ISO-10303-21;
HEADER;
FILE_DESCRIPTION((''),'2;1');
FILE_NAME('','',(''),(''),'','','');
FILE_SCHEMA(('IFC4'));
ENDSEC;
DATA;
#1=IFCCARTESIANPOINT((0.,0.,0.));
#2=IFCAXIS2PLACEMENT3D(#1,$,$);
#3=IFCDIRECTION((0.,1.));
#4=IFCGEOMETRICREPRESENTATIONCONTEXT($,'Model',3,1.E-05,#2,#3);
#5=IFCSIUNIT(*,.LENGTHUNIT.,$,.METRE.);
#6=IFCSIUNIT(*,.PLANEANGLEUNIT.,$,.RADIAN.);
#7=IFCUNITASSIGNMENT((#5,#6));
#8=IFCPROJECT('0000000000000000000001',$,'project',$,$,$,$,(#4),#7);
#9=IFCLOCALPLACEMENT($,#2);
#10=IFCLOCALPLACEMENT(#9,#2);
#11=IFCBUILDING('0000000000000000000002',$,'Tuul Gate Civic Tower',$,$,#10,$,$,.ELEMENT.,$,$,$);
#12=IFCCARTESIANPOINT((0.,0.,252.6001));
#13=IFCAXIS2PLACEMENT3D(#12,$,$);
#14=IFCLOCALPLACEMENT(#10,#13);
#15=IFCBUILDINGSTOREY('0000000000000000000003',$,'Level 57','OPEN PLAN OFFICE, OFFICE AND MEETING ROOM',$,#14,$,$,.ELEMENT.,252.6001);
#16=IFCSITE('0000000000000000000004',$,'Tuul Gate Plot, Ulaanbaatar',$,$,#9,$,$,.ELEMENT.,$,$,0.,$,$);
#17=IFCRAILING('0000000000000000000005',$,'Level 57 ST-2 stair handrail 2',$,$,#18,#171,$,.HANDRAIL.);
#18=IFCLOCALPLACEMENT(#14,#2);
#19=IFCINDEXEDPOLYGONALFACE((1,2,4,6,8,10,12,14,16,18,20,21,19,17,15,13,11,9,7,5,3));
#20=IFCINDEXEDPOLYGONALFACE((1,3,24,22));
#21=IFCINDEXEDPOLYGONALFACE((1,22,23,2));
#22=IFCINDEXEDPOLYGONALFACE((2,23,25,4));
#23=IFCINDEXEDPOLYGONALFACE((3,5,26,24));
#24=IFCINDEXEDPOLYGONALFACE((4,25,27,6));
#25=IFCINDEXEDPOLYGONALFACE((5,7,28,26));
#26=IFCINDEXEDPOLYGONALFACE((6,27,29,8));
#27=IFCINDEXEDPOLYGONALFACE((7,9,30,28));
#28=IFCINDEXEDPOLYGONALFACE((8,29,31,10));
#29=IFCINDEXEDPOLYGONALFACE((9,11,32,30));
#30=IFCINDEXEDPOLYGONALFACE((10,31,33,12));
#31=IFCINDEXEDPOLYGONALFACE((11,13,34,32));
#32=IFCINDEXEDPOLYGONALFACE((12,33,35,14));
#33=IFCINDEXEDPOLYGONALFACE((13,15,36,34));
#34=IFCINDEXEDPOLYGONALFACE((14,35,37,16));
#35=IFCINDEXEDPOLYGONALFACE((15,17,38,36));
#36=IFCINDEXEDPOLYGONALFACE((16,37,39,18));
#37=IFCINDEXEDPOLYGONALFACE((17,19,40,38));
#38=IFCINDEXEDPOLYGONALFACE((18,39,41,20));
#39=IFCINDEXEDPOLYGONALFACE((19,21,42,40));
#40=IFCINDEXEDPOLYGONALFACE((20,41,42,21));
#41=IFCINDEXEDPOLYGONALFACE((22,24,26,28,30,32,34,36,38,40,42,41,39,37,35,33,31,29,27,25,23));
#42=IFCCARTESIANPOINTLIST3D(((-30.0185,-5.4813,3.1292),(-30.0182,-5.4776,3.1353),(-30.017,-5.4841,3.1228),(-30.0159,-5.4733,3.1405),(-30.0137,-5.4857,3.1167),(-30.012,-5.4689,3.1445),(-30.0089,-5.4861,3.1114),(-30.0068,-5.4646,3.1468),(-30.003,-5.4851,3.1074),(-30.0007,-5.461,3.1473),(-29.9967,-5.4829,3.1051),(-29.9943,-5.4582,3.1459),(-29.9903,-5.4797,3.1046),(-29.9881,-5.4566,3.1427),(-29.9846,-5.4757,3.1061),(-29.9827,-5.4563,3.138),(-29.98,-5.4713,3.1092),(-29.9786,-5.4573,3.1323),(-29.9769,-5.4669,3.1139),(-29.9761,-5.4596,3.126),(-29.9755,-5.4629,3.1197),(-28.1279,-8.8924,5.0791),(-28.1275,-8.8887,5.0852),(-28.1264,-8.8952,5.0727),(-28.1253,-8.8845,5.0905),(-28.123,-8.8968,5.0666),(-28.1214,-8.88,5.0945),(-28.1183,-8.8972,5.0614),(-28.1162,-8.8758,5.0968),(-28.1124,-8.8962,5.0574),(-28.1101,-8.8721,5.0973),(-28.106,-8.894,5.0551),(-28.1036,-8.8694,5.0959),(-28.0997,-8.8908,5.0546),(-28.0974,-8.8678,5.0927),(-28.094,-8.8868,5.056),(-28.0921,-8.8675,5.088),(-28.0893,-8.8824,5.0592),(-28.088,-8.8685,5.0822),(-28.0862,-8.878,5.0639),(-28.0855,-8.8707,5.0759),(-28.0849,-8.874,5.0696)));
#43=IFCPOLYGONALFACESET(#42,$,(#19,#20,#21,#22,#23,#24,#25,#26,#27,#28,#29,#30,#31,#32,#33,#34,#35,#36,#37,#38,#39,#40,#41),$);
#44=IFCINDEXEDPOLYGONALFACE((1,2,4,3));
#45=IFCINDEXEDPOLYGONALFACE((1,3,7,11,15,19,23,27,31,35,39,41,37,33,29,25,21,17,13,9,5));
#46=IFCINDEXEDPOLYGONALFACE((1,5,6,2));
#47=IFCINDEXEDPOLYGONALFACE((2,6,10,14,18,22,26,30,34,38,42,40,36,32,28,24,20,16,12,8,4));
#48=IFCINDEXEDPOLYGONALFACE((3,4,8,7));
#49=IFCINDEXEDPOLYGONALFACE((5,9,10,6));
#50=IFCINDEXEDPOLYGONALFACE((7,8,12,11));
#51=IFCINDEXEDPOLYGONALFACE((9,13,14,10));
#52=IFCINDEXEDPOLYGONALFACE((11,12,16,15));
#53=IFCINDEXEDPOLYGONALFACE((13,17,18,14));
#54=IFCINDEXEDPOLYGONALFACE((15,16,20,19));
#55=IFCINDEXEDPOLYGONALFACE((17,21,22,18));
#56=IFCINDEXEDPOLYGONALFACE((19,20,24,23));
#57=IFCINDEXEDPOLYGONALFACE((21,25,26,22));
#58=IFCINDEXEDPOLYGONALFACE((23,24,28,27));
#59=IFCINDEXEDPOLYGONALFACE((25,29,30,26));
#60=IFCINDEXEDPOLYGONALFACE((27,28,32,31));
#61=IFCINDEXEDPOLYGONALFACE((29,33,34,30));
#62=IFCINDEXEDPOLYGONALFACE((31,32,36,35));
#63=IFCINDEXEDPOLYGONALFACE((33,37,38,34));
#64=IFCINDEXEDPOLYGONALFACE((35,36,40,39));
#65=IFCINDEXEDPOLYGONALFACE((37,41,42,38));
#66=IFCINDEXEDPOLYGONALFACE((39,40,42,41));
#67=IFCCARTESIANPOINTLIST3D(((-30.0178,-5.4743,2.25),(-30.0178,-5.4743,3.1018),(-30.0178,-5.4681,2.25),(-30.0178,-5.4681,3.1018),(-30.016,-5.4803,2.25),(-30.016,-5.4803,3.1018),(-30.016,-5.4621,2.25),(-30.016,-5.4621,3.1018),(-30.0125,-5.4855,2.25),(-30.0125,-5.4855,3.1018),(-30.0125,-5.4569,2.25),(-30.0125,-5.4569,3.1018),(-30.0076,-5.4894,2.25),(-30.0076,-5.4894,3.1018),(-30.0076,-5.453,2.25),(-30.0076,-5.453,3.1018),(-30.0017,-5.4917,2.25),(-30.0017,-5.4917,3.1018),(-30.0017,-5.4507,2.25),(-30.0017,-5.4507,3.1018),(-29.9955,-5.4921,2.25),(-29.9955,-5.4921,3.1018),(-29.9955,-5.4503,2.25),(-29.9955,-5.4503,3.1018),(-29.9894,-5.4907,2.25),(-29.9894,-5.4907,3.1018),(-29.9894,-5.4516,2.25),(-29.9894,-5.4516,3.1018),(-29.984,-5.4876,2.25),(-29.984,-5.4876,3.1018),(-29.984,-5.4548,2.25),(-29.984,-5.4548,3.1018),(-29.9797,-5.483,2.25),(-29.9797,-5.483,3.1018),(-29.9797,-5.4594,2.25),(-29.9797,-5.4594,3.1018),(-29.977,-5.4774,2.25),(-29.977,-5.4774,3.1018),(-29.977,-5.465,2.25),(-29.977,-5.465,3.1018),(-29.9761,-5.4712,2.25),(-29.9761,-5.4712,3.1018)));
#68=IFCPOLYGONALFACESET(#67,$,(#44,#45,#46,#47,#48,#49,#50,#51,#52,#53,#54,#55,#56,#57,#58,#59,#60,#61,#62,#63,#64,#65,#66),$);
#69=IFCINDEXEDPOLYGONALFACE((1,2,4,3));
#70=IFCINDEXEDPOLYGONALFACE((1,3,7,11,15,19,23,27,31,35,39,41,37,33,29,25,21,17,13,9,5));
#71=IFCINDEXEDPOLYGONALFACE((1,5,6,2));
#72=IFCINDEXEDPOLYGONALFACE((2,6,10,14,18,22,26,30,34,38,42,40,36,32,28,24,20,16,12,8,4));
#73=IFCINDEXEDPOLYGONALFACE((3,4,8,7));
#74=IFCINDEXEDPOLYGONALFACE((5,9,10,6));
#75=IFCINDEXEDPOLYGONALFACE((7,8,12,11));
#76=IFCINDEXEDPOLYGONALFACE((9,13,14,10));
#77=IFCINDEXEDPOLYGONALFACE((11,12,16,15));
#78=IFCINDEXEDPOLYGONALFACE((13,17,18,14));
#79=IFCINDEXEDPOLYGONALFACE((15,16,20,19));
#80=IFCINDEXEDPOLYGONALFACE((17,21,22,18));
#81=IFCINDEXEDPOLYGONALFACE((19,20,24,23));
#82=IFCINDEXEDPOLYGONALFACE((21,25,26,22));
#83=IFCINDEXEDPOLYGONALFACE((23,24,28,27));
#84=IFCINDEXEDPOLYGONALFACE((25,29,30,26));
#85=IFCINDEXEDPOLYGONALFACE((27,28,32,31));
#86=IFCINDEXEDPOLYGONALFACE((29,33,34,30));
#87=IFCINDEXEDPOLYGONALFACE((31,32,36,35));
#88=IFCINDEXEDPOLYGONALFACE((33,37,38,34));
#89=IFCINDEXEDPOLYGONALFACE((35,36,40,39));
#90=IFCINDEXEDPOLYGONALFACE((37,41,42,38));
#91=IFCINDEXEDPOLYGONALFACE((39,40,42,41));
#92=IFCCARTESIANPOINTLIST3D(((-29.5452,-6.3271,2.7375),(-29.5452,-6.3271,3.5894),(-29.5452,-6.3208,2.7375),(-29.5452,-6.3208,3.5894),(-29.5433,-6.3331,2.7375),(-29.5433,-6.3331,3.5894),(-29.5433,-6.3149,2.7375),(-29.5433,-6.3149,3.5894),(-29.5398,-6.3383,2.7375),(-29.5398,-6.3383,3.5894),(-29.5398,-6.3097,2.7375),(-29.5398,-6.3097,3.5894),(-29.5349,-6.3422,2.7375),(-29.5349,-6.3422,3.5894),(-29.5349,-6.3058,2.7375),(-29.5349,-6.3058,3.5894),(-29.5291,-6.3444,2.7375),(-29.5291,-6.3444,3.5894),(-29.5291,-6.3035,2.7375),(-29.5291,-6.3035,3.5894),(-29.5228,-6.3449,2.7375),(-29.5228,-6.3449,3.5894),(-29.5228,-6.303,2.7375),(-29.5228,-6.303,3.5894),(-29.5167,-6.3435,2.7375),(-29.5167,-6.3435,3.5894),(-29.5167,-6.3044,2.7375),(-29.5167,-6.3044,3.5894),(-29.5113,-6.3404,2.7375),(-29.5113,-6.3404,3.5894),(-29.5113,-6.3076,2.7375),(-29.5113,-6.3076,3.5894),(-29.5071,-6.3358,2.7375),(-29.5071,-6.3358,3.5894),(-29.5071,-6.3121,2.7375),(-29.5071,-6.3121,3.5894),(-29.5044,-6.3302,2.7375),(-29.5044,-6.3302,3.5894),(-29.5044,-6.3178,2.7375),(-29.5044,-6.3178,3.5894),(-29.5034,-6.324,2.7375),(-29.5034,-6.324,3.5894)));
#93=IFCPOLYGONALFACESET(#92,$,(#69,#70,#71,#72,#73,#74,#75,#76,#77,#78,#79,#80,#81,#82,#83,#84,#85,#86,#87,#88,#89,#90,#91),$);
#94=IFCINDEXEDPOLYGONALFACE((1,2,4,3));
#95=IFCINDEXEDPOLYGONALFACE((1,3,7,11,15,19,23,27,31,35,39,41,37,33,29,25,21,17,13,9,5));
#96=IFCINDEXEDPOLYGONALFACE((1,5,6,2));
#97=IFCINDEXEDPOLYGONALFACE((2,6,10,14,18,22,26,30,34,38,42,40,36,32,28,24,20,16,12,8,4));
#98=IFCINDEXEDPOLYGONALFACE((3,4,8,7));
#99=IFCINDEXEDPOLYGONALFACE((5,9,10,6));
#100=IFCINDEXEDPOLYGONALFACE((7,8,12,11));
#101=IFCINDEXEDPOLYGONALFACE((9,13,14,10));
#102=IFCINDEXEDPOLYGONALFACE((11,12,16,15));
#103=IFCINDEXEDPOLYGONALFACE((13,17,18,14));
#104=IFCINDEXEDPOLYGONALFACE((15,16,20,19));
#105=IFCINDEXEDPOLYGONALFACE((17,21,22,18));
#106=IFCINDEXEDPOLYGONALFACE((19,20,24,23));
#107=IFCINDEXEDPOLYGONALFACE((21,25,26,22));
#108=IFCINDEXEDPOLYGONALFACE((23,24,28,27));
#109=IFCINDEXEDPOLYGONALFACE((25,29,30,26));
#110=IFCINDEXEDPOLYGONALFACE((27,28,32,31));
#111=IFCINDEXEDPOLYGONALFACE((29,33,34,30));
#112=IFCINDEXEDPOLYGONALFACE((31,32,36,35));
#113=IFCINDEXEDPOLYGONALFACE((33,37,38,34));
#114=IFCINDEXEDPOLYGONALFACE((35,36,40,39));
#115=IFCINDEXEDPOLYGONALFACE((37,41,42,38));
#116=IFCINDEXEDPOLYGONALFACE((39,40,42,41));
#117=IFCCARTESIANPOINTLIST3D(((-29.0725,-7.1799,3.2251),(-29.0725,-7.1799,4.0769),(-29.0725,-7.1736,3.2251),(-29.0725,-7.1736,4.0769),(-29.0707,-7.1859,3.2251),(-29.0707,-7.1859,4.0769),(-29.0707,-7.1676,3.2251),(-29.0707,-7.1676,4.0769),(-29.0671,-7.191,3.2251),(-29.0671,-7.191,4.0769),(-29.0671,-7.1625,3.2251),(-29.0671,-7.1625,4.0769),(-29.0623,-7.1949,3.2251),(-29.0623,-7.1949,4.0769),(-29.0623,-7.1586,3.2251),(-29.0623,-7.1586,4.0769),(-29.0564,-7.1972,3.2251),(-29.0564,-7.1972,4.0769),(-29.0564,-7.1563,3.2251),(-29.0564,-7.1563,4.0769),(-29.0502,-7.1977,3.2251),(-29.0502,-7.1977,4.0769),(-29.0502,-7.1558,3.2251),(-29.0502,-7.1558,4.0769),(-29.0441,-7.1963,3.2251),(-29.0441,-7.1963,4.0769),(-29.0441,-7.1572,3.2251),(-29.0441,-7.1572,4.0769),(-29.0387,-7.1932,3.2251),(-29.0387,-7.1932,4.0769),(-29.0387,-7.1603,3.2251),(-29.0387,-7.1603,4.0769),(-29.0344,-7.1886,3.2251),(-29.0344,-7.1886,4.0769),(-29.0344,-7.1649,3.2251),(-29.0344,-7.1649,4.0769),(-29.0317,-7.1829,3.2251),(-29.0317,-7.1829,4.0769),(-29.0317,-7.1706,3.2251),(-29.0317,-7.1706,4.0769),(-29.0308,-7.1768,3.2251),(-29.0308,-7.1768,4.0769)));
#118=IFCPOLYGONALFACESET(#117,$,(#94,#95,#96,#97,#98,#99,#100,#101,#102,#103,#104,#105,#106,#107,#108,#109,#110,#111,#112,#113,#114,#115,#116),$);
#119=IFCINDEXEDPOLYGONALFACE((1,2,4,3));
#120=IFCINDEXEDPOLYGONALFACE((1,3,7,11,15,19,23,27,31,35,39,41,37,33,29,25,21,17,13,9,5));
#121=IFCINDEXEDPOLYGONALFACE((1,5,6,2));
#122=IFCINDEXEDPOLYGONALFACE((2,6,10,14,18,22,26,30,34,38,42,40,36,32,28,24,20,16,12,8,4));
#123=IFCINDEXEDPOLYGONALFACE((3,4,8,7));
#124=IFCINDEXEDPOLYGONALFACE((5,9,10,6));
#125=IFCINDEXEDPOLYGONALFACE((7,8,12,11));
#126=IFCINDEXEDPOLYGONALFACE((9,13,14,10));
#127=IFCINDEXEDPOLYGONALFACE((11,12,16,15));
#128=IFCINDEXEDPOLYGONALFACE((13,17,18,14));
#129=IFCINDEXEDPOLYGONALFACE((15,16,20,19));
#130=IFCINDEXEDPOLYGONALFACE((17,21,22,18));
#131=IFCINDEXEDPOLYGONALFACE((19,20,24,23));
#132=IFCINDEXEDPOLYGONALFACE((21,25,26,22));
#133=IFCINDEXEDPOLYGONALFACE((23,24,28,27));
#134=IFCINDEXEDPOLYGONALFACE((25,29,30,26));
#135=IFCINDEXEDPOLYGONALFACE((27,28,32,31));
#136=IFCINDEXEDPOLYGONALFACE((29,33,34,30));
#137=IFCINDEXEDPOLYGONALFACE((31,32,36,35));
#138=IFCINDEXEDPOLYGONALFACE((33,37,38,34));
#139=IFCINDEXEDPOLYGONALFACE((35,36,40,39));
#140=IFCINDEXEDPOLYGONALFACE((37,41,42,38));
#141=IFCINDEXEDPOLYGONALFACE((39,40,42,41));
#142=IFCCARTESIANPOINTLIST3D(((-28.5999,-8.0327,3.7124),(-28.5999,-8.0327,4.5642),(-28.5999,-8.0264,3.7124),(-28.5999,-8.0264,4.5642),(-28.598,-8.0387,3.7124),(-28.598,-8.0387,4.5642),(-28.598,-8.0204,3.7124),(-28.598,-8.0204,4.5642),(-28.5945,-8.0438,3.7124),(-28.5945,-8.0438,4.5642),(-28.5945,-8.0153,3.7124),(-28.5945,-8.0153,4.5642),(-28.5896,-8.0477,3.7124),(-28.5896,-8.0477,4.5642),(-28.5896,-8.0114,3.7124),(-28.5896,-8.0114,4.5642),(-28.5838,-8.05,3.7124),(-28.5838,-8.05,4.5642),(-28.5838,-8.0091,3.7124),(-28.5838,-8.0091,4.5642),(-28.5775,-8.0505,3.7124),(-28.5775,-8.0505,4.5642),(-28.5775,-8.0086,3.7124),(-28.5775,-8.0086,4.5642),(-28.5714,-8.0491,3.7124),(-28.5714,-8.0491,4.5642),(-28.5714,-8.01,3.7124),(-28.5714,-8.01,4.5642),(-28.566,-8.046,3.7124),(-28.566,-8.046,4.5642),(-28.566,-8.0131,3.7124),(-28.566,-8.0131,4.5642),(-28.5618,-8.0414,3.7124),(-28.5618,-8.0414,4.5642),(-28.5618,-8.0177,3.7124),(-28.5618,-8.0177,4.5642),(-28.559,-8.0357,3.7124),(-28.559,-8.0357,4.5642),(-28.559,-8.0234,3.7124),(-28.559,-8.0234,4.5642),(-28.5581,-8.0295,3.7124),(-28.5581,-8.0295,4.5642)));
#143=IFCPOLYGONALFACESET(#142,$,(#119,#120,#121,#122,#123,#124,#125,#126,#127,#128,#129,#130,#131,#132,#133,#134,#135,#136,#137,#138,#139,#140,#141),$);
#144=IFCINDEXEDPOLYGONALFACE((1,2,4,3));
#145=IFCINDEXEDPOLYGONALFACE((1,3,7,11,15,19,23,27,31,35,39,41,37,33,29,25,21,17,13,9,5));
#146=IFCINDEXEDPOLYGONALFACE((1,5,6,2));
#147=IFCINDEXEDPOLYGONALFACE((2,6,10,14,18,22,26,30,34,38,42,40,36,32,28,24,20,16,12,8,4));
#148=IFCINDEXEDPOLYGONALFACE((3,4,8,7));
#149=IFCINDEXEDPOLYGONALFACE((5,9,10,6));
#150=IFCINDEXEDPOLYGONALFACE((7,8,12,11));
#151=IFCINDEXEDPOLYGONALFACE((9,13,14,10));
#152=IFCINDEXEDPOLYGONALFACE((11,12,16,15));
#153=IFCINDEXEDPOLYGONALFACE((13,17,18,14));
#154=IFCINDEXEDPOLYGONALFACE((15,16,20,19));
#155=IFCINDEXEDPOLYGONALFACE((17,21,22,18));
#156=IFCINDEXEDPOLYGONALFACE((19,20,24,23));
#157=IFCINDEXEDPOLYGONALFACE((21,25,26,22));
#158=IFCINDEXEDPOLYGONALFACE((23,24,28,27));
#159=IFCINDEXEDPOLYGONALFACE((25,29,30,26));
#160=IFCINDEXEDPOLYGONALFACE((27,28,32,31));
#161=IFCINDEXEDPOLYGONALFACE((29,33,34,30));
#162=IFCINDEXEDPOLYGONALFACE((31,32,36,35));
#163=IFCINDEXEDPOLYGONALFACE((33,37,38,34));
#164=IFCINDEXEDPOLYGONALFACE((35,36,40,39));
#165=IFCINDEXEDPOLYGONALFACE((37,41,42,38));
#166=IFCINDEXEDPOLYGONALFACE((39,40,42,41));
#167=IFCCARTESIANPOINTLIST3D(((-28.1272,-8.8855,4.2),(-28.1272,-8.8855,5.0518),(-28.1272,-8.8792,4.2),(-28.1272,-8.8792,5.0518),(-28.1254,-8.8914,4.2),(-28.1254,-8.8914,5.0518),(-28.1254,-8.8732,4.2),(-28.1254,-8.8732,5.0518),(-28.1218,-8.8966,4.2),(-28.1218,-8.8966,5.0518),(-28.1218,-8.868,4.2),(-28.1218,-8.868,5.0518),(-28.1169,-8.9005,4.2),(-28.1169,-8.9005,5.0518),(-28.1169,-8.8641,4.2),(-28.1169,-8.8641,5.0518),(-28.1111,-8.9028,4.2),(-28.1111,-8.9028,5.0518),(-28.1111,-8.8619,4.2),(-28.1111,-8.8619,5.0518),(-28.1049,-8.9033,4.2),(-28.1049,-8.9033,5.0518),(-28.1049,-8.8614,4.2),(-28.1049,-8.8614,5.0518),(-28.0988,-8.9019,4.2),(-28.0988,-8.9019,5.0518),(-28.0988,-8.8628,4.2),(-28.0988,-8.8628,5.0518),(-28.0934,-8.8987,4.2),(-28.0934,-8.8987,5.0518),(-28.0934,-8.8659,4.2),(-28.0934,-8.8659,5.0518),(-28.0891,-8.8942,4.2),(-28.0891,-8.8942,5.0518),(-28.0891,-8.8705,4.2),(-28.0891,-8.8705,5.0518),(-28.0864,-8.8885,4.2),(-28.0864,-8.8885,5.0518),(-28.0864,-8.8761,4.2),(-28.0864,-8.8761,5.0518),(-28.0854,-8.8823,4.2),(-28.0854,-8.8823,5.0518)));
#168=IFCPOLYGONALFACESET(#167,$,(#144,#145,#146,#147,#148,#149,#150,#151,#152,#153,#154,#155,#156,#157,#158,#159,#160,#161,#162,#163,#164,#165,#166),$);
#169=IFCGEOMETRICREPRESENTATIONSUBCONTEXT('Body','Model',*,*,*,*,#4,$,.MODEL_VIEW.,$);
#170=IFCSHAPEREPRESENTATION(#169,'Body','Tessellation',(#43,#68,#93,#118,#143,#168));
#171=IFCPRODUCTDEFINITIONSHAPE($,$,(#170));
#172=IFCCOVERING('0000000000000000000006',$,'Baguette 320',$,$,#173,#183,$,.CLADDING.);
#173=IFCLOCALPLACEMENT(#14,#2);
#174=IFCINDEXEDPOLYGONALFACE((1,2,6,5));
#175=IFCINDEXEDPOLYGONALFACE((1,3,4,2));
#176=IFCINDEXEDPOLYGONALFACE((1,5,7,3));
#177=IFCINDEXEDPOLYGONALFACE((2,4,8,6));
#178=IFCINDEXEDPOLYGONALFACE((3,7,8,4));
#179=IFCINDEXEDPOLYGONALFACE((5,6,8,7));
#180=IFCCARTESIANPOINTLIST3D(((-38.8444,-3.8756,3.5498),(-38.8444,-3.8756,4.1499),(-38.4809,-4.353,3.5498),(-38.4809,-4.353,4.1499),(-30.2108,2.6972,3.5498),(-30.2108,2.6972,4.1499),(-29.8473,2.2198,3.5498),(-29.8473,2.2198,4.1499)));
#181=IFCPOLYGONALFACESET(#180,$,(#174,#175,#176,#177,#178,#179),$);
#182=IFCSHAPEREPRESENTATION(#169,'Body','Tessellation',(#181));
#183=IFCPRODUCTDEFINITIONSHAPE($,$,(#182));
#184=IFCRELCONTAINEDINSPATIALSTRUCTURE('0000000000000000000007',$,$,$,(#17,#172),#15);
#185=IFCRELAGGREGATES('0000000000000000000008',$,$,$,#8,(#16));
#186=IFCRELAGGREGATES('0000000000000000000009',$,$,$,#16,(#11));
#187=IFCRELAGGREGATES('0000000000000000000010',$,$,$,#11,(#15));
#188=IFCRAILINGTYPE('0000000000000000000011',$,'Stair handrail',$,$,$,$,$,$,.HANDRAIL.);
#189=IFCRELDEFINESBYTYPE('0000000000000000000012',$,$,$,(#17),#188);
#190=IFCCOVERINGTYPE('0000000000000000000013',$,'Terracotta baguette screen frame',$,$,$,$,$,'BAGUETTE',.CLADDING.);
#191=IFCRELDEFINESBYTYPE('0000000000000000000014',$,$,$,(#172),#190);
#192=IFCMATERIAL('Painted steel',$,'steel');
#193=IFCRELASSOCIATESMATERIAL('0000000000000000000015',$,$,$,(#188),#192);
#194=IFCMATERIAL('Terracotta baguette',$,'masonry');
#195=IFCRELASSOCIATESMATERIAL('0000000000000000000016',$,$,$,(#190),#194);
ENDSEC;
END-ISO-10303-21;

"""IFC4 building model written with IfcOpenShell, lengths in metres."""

from ifc_helpers import new_model, si_unit, direction, frame, origin, origin_2d, place, context, subcontext, project, spatial, rectangle, circle, extrude, material, material_profile, profile_set, type_object, element, save


model = new_model("IFC4")

# Units and contexts
model_context = context("Model", 3, precision=1e-05, world=origin(), true_north=direction((0.0, 1.0)))
body_context = subcontext(model_context, "Body", "Model", "MODEL_VIEW")
ifc_project = project(units=[si_unit("LENGTHUNIT", "METRE"), si_unit("PLANEANGLEUNIT", "RADIAN")], contexts=[model_context])

# Site, building, storey
site_placement = place(None, origin())
site = spatial("IfcSite", under=ifc_project, at=site_placement, Name="Tuul Gate Plot, Ulaanbaatar", CompositionType="ELEMENT", RefElevation=0.0)
building_placement = place(site_placement, origin())
building = spatial("IfcBuilding", under=site, at=building_placement, Name="Tuul Gate Civic Tower", CompositionType="ELEMENT")
storey_placement = place(building_placement, frame((0.0, 0.0, 252.6001)))
storey = spatial("IfcBuildingStorey", under=building, at=storey_placement, Name="Level 57", Description="OPEN PLAN OFFICE, OFFICE AND MEETING ROOM", CompositionType="ELEMENT", Elevation=252.6001)

# Railing
ifc_material_1 = material(Name="Painted steel", Category="steel")
railing_type_1 = type_object("IfcRailingType", Name="Stair handrail", PredefinedType="HANDRAIL", material=ifc_material_1)
railing_1_placement = place(storey_placement, frame((-29.9971, -5.4712, 2.25)))
element("IfcRailing", 1, at=railing_1_placement, inside=storey, type_object=railing_type_1, Name="Level 57 ST-2 stair handrail 2", PredefinedType="HANDRAIL", context=body_context, shape_type="SweptSolid", body=[
    extrude(circle(Radius=0.0239, at=origin_2d()), frame((0.0, 0.0, 0.876), z_axis=(0.433595, -0.782308, 0.447201), x_axis=(0.874641, 0.484771, 0.0)), (0.0, 0.0, 1.0), 4.3604),
    extrude(circle(Radius=0.021, at=origin_2d()), origin(), (0.0, 0.0, 1.0), 0.8518),
    extrude(circle(Radius=0.021, at=origin_2d()), frame((0.4727, -0.8528, 0.4875)), (0.0, 0.0, 1.0), 0.8518),
    extrude(circle(Radius=0.021, at=origin_2d()), frame((0.9453, -1.7056, 0.9751)), (0.0, 0.0, 1.0), 0.8518),
    extrude(circle(Radius=0.021, at=origin_2d()), frame((1.418, -2.5583, 1.4624)), (0.0, 0.0, 1.0), 0.8518),
    extrude(circle(Radius=0.021, at=origin_2d()), frame((1.8906, -3.4111, 1.95)), (0.0, 0.0, 1.0), 0.8518),
])

# Covering
ifc_material_2 = material(Name="Terracotta baguette", Category="masonry")
ifc_material_profile_1 = material_profile(ifc_material_2, rectangle(XDim=0.6001, YDim=0.6001, at=origin_2d()), Name="Terracotta baguette screen frame")
ifc_profile_set_1 = profile_set([ifc_material_profile_1], Name="Terracotta baguette")
covering_type = type_object("IfcCoveringType", Name="Terracotta baguette screen frame", ElementType="BAGUETTE", PredefinedType="CLADDING", material=ifc_profile_set_1)
covering_placement = place(storey_placement, frame((-30.0291, 2.4585, 3.8499), z_axis=(-0.795662, -0.605741, 0.0), x_axis=(0.605741, -0.795662, 0.0)))
element("IfcCovering", 2, at=covering_placement, inside=storey, type_object=covering_type, Name="Baguette 320", PredefinedType="CLADDING", context=body_context, shape_type="SweptSolid", body=[
    extrude(rectangle(XDim=0.6001, YDim=0.6001, at=origin_2d()), origin(), (0.0, 0.0, 1.0), 10.8508),
])

save(model, "model.ifc")
